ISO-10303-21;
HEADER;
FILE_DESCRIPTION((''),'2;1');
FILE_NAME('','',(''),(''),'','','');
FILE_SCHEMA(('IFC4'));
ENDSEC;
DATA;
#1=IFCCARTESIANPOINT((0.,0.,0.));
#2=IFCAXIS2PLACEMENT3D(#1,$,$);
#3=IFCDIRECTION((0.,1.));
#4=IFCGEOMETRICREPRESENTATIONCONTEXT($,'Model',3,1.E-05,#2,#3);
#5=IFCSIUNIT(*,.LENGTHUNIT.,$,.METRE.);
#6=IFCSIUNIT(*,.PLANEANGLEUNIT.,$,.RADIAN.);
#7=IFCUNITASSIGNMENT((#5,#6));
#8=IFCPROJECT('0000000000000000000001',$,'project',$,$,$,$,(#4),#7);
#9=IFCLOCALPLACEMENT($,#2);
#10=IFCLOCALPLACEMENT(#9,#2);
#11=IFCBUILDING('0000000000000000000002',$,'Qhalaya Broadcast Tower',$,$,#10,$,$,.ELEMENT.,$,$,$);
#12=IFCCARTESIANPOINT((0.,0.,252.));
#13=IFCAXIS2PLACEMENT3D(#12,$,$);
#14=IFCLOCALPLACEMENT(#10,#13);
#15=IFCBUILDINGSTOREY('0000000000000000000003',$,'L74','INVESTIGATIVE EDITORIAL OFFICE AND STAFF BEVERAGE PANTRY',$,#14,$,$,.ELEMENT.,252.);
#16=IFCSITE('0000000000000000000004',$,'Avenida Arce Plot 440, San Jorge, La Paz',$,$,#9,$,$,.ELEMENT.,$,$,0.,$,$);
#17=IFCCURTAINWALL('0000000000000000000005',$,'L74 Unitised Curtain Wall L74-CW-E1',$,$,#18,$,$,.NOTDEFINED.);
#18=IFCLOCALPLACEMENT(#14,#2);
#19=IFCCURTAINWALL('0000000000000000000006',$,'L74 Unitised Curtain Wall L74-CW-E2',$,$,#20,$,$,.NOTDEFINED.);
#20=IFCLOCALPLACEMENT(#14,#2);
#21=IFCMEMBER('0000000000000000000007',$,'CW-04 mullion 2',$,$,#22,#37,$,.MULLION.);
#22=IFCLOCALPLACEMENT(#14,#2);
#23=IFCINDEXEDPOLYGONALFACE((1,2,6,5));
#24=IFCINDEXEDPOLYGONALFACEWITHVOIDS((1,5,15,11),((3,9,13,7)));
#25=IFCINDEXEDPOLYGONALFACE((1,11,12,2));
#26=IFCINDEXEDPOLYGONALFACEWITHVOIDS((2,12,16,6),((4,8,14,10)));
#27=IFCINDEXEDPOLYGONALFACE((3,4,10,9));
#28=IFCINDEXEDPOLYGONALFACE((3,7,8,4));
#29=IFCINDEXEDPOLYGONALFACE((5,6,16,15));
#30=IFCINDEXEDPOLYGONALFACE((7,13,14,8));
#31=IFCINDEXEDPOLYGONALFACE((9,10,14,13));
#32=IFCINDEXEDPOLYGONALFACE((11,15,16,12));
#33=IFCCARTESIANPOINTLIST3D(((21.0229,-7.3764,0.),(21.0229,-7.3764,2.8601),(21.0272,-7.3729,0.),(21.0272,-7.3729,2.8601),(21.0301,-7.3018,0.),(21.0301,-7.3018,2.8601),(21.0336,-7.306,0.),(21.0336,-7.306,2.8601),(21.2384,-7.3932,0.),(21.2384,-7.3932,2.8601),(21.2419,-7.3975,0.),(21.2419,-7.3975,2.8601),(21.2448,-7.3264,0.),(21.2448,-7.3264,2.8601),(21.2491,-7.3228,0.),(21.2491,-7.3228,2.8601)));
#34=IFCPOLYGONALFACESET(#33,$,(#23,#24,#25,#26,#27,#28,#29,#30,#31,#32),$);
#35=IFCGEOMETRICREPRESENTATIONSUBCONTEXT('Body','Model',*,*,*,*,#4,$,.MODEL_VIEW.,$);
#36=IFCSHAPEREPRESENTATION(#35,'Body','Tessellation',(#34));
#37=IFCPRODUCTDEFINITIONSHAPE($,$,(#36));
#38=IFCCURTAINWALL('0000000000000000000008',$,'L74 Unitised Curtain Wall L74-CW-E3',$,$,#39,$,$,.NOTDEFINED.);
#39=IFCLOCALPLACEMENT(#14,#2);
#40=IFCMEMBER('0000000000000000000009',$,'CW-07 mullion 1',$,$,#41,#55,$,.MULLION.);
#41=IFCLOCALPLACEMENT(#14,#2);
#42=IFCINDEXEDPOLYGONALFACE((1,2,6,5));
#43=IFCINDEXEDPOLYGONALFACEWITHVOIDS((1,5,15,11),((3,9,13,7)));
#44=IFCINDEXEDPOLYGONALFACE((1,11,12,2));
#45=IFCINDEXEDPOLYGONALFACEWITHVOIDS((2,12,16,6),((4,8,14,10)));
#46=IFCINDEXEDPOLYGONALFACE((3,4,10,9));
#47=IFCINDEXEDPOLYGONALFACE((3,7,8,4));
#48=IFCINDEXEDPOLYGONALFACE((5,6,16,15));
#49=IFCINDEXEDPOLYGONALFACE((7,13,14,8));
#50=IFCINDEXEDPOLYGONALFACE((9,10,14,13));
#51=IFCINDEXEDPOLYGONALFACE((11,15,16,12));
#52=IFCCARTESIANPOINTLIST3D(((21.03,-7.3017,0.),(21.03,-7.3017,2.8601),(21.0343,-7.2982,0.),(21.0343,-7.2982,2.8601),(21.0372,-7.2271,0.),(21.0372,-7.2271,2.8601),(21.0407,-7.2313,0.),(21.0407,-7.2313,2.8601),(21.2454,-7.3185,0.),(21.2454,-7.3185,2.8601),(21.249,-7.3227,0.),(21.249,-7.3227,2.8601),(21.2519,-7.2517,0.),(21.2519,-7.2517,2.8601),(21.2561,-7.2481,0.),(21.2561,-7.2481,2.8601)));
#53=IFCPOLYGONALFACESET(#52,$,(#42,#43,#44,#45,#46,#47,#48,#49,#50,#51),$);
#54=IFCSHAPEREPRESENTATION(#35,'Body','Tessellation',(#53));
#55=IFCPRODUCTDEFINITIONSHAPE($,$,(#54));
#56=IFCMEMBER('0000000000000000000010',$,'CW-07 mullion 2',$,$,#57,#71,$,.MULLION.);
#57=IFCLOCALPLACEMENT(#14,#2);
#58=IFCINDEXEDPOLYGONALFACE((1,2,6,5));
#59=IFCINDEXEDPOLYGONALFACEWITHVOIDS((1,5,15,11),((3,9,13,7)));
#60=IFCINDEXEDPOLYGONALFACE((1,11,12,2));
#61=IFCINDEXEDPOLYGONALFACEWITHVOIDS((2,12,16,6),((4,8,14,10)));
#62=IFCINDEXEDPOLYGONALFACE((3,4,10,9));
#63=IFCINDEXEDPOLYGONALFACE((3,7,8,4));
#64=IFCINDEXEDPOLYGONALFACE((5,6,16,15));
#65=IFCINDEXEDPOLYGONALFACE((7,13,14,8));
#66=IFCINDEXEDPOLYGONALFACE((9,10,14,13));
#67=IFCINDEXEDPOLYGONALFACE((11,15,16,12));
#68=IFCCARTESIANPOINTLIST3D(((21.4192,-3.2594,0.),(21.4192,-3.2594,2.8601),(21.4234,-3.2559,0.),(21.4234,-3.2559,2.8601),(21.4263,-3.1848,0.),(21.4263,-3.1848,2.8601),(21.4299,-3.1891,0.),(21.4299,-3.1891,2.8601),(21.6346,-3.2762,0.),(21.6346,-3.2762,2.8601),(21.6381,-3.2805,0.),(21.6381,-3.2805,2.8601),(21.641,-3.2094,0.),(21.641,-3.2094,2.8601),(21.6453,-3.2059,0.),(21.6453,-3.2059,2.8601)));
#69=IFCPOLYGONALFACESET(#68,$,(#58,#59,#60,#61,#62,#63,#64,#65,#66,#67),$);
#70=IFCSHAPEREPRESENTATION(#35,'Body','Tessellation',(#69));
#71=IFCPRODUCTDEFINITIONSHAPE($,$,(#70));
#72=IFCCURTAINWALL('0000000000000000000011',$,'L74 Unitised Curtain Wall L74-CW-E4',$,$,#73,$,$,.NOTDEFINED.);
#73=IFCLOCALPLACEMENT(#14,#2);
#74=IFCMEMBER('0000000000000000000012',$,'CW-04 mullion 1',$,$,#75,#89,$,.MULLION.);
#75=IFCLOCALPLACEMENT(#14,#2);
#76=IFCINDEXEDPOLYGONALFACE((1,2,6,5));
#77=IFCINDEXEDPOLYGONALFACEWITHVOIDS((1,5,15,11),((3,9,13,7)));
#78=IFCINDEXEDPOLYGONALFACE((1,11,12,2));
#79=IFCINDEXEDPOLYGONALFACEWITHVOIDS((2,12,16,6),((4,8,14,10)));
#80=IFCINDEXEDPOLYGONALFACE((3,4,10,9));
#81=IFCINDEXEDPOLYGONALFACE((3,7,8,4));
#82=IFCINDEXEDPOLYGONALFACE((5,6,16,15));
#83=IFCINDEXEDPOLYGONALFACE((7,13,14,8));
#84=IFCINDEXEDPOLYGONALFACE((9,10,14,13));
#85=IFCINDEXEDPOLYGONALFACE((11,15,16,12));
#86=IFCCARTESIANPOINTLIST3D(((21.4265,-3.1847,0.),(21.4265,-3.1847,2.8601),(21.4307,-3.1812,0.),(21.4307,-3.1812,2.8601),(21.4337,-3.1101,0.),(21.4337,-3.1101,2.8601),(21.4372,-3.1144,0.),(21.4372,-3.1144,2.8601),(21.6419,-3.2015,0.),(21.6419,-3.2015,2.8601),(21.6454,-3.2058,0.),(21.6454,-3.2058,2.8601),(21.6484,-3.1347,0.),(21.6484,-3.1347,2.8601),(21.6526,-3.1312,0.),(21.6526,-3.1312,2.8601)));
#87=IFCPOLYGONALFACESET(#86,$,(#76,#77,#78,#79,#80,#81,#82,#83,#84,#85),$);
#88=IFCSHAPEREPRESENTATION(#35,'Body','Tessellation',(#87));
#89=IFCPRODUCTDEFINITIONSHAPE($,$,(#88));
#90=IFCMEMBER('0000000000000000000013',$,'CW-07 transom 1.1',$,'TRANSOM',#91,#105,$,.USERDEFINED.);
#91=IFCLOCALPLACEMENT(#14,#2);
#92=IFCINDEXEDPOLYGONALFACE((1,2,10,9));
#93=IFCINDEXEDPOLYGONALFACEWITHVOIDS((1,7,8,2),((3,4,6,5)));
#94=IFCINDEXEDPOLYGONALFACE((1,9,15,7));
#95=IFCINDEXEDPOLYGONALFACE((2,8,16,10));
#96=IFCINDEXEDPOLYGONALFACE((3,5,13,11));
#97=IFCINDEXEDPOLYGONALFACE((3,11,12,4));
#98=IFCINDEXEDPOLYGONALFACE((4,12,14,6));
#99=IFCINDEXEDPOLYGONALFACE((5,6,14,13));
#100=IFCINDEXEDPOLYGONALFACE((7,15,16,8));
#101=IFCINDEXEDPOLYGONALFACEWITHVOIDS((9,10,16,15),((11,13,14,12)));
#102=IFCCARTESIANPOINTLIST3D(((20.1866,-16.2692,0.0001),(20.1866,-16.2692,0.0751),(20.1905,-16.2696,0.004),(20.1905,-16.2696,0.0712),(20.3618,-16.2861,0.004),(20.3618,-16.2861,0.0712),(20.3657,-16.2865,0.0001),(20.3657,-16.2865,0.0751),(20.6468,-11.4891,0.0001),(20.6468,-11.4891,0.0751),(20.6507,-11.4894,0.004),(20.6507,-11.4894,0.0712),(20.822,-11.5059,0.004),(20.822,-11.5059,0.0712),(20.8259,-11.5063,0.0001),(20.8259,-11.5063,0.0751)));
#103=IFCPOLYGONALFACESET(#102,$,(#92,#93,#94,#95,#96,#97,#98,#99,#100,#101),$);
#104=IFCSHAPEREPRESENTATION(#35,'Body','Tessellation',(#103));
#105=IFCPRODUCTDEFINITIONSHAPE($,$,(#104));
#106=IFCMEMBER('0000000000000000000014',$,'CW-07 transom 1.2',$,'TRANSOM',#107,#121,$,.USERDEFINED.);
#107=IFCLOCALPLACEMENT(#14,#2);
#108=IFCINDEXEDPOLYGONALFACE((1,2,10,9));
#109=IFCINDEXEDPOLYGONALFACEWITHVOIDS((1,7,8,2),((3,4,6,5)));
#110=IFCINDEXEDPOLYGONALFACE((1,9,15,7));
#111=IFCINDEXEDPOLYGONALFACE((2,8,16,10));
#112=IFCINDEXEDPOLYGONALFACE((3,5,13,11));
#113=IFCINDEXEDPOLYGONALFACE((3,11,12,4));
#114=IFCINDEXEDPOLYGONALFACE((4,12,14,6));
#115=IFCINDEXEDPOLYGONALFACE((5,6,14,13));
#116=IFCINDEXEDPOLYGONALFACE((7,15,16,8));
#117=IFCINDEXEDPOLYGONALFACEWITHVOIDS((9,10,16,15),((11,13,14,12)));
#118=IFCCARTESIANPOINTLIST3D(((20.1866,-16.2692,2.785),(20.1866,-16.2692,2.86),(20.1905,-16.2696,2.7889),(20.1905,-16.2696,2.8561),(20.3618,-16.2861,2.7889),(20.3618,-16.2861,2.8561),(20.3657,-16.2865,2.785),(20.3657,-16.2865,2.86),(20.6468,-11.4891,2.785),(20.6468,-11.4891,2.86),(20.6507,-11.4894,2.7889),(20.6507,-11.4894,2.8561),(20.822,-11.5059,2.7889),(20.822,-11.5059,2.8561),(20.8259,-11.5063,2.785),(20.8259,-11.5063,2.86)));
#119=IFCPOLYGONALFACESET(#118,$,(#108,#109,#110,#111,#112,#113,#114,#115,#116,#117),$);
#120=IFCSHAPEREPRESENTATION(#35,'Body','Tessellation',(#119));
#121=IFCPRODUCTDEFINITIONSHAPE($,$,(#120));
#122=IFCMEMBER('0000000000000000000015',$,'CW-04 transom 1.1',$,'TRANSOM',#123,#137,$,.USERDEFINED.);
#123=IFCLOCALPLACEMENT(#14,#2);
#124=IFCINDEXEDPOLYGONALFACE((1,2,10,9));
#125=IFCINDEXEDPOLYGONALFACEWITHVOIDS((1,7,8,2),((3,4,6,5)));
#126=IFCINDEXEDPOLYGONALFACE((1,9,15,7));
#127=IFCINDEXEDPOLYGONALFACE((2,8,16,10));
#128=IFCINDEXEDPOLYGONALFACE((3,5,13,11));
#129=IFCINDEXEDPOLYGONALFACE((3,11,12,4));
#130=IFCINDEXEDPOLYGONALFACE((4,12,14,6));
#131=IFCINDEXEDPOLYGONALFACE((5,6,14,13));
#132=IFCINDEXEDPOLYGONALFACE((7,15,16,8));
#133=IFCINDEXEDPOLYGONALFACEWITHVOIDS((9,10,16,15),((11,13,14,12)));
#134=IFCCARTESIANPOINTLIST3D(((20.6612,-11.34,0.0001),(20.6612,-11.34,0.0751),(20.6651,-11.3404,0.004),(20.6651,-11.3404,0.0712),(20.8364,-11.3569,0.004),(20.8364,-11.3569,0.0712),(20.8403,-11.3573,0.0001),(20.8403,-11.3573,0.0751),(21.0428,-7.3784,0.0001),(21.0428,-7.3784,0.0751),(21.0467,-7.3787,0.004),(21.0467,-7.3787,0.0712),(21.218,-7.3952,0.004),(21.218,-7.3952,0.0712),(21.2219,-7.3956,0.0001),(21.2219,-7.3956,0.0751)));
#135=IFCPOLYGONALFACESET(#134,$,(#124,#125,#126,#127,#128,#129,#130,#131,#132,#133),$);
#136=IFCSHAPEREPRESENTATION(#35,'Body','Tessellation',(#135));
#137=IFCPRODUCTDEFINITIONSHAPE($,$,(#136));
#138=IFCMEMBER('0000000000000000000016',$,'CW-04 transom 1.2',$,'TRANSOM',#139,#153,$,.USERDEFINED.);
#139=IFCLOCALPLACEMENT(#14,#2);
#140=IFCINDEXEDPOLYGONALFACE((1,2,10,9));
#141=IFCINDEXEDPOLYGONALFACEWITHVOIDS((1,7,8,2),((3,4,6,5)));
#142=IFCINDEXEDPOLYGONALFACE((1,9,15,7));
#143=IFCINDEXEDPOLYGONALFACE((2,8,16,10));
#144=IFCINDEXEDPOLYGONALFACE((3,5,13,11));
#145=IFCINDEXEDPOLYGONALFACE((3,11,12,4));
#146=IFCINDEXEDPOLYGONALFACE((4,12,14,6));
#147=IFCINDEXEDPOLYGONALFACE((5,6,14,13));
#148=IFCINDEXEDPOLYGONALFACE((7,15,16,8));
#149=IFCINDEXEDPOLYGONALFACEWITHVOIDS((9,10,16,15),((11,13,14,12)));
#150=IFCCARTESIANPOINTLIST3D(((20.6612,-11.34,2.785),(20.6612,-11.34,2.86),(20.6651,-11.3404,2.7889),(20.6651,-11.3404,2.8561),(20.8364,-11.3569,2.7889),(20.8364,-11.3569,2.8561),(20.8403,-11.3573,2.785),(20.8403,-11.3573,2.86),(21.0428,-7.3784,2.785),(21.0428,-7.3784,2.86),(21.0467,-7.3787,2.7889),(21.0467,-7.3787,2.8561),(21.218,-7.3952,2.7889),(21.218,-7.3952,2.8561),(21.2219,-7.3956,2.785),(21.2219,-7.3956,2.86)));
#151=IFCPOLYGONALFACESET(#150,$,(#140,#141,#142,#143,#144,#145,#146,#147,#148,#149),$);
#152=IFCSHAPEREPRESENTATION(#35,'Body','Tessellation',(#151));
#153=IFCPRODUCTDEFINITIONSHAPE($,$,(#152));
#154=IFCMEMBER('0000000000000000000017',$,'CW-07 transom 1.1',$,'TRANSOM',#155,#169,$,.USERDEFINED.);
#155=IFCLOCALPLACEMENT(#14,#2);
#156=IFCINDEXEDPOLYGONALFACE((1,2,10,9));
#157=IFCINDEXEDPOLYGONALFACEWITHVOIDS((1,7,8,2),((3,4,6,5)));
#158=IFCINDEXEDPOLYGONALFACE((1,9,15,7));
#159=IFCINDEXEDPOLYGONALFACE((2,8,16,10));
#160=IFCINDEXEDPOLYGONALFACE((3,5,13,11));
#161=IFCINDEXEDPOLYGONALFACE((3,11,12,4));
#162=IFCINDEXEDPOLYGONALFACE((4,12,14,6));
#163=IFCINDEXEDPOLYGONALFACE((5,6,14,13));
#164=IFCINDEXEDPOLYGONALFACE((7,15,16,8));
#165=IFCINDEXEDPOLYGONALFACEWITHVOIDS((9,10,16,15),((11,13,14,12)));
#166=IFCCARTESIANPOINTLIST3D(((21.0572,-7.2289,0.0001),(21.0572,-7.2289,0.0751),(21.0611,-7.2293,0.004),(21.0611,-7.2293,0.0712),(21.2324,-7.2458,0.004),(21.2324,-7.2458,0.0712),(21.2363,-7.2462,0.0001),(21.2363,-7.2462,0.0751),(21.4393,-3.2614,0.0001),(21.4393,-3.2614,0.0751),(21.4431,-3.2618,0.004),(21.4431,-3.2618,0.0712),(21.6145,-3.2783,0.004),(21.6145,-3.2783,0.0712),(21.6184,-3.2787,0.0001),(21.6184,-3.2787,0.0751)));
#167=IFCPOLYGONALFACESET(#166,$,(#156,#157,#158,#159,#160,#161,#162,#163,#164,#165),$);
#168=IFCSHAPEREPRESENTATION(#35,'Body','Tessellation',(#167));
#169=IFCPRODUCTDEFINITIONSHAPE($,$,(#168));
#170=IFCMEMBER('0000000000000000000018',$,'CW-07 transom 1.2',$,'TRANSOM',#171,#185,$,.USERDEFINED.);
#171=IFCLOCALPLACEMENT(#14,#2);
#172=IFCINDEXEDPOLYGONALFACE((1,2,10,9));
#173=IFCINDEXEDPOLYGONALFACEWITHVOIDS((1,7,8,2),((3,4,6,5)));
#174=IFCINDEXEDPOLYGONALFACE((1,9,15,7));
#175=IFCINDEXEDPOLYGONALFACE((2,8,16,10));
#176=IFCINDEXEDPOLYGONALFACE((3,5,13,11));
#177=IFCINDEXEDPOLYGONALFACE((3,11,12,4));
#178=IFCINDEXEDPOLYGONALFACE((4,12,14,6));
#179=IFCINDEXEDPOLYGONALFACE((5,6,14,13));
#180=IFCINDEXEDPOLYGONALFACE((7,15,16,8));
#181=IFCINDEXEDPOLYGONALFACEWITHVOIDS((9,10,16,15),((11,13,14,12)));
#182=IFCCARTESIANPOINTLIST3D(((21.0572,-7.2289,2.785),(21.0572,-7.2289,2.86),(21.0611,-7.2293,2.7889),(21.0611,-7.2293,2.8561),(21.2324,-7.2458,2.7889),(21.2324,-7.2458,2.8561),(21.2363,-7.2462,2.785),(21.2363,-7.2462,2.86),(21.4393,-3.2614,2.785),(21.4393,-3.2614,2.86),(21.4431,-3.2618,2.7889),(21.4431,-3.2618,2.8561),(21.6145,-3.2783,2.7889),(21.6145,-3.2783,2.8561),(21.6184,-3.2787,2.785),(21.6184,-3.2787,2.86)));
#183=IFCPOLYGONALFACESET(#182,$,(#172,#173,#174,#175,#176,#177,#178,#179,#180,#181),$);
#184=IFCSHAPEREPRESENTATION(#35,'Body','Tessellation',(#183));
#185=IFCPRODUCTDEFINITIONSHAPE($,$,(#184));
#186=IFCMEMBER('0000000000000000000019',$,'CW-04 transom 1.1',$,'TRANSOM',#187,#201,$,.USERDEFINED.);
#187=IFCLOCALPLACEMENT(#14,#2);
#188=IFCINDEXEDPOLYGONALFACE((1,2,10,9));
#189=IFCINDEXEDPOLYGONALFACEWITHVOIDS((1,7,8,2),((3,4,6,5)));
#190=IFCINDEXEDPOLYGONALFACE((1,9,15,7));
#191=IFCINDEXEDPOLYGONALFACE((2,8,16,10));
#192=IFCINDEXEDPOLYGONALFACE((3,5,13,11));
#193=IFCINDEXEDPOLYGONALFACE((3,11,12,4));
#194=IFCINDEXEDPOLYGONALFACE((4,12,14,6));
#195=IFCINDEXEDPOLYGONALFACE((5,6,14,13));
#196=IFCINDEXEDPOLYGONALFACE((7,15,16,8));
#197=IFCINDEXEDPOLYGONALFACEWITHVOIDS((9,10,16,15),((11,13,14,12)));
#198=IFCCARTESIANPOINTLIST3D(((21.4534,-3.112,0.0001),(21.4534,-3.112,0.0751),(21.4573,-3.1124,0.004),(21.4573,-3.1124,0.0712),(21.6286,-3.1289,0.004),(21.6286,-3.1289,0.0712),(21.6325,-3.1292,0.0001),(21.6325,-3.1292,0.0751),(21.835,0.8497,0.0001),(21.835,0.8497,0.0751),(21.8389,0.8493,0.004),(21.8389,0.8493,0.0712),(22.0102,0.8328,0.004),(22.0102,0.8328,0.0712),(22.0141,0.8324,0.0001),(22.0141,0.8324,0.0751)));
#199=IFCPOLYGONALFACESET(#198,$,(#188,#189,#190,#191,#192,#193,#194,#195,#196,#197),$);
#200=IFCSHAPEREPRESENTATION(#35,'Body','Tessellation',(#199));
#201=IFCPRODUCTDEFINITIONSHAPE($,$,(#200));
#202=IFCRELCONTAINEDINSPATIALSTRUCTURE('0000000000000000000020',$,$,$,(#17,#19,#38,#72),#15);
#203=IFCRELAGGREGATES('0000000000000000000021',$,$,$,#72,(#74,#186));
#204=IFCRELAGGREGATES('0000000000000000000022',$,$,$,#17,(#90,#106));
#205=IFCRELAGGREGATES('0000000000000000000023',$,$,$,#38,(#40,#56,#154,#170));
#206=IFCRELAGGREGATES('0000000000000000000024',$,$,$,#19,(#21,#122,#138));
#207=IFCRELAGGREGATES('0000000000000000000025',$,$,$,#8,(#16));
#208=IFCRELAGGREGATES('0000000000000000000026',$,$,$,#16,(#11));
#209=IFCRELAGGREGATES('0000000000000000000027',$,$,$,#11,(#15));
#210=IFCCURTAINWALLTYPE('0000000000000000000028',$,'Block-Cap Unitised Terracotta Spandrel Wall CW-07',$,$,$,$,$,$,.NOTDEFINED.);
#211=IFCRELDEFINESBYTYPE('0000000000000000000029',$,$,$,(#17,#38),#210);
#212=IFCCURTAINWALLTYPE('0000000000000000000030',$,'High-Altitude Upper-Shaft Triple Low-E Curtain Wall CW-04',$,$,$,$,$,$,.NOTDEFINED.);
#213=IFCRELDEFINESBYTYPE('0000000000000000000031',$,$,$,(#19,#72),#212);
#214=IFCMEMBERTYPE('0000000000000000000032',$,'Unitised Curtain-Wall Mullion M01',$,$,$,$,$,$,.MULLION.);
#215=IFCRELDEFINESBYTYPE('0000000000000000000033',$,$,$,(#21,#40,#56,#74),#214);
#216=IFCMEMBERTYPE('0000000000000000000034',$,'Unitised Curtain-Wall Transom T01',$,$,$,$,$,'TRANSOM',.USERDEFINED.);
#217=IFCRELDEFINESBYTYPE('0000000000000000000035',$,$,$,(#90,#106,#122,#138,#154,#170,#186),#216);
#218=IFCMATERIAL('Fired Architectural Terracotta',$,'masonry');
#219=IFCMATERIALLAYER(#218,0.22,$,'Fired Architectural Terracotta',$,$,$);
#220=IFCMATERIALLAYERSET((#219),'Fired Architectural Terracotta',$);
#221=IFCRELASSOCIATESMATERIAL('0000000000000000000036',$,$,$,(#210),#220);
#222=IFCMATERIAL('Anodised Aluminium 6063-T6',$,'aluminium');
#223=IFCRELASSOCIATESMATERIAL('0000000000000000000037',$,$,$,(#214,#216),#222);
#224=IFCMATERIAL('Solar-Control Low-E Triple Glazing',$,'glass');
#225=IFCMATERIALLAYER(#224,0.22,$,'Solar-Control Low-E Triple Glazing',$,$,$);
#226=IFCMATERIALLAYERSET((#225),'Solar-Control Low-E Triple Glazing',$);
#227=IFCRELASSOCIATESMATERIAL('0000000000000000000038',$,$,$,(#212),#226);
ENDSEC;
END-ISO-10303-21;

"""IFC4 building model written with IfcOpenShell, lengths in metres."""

from ifc_helpers import new_model, si_unit, direction, frame, origin, origin_2d, place, context, subcontext, project, spatial, hollow_rectangle, extrude, material, layer, layer_set, material_profile, profile_set, type_object, element, aggregate, save


model = new_model("IFC4")

# Units and contexts
model_context = context("Model", 3, precision=1e-05, world=origin(), true_north=direction((0.0, 1.0)))
body_context = subcontext(model_context, "Body", "Model", "MODEL_VIEW")
ifc_project = project(units=[si_unit("LENGTHUNIT", "METRE"), si_unit("PLANEANGLEUNIT", "RADIAN")], contexts=[model_context])

# Site, building, storey
site_placement = place(None, origin())
site = spatial("IfcSite", under=ifc_project, at=site_placement, Name="Avenida Arce Plot 440, San Jorge, La Paz", CompositionType="ELEMENT", RefElevation=0.0)
building_placement = place(site_placement, origin())
building = spatial("IfcBuilding", under=site, at=building_placement, Name="Qhalaya Broadcast Tower", CompositionType="ELEMENT")
storey_placement = place(building_placement, frame((0.0, 0.0, 252.0)))
storey = spatial("IfcBuildingStorey", under=building, at=storey_placement, Name="L74", Description="INVESTIGATIVE EDITORIAL OFFICE AND STAFF BEVERAGE PANTRY", CompositionType="ELEMENT", Elevation=252.0)

# Shared definitions
ifc_material_1 = material(Name="Fired Architectural Terracotta", Category="masonry")
ifc_layer_1 = layer(ifc_material_1, 0.22, Name="Fired Architectural Terracotta")
ifc_layer_set_1 = layer_set([ifc_layer_1], Name="Fired Architectural Terracotta")
curtain_wall_type_1 = type_object("IfcCurtainWallType", Name="Block-Cap Unitised Terracotta Spandrel Wall CW-07", PredefinedType="NOTDEFINED", material=ifc_layer_set_1)
ifc_material_2 = material(Name="Anodised Aluminium 6063-T6", Category="aluminium")
ifc_material_profile_1 = material_profile(ifc_material_2, hollow_rectangle(XDim=0.075, YDim=0.22, WallThickness=0.0039, at=origin_2d()), Name="ALU-MUL 75x220x4")
ifc_profile_set_1 = profile_set([ifc_material_profile_1], Name="Anodised Aluminium 6063-T6")
member_type_1 = type_object("IfcMemberType", Name="Unitised Curtain-Wall Mullion M01", PredefinedType="MULLION", material=ifc_profile_set_1)

# Curtain walls, members
curtain_wall_1_placement = place(storey_placement, origin())
curtain_wall_1 = element("IfcCurtainWall", 1, at=curtain_wall_1_placement, inside=storey, type_object=curtain_wall_type_1, Name="L74 Unitised Curtain Wall L74-CW-E1", PredefinedType="NOTDEFINED")
ifc_material_3 = material(Name="Solar-Control Low-E Triple Glazing", Category="glass")
ifc_layer_2 = layer(ifc_material_3, 0.22, Name="Solar-Control Low-E Triple Glazing")
ifc_layer_set_2 = layer_set([ifc_layer_2], Name="Solar-Control Low-E Triple Glazing")
curtain_wall_type_2 = type_object("IfcCurtainWallType", Name="High-Altitude Upper-Shaft Triple Low-E Curtain Wall CW-04", PredefinedType="NOTDEFINED", material=ifc_layer_set_2)
curtain_wall_2_placement = place(storey_placement, origin())
curtain_wall_2 = element("IfcCurtainWall", 2, at=curtain_wall_2_placement, inside=storey, type_object=curtain_wall_type_2, Name="L74 Unitised Curtain Wall L74-CW-E2", PredefinedType="NOTDEFINED")
member_1_placement = place(storey_placement, frame((21.136, -7.3496, 0.0), z_axis=(0.0, 0.0, 1.0), x_axis=(0.095859, 0.995395, 0.0)))
member_1 = element("IfcMember", 3, at=member_1_placement, type_object=member_type_1, Name="CW-04 mullion 2", PredefinedType="MULLION", context=body_context, shape_type="SweptSolid", body=[
    extrude(hollow_rectangle(XDim=0.075, YDim=0.22, WallThickness=0.0039, at=origin_2d()), origin(), (0.0, 0.0, 1.0), 2.8601),
])
curtain_wall_3_placement = place(storey_placement, origin())
curtain_wall_3 = element("IfcCurtainWall", 4, at=curtain_wall_3_placement, inside=storey, type_object=curtain_wall_type_1, Name="L74 Unitised Curtain Wall L74-CW-E3", PredefinedType="NOTDEFINED")
member_2_placement = place(storey_placement, frame((21.1431, -7.2749, 0.0), z_axis=(0.0, 0.0, 1.0), x_axis=(0.095843, 0.995396, 0.0)))
member_2 = element("IfcMember", 5, at=member_2_placement, type_object=member_type_1, Name="CW-07 mullion 1", PredefinedType="MULLION", context=body_context, shape_type="SweptSolid", body=[
    extrude(hollow_rectangle(XDim=0.075, YDim=0.22, WallThickness=0.0039, at=origin_2d()), origin(), (0.0, 0.0, 1.0), 2.8601),
])
member_3_placement = place(storey_placement, frame((21.5322, -3.2327, 0.0), z_axis=(0.0, 0.0, 1.0), x_axis=(0.095843, 0.995396, 0.0)))
member_3 = element("IfcMember", 6, at=member_3_placement, type_object=member_type_1, Name="CW-07 mullion 2", PredefinedType="MULLION", context=body_context, shape_type="SweptSolid", body=[
    extrude(hollow_rectangle(XDim=0.075, YDim=0.22, WallThickness=0.0039, at=origin_2d()), origin(), (0.0, 0.0, 1.0), 2.8601),
])

# Curtain wall, member
curtain_wall_4_placement = place(storey_placement, origin())
curtain_wall_4 = element("IfcCurtainWall", 7, at=curtain_wall_4_placement, inside=storey, type_object=curtain_wall_type_2, Name="L74 Unitised Curtain Wall L74-CW-E4", PredefinedType="NOTDEFINED")
member_4_placement = place(storey_placement, frame((21.5396, -3.158, 0.0), z_axis=(0.0, 0.0, 1.0), x_axis=(0.095859, 0.995395, 0.0)))
member_4 = element("IfcMember", 8, at=member_4_placement, type_object=member_type_1, Name="CW-04 mullion 1", PredefinedType="MULLION", context=body_context, shape_type="SweptSolid", body=[
    extrude(hollow_rectangle(XDim=0.075, YDim=0.22, WallThickness=0.0039, at=origin_2d()), origin(), (0.0, 0.0, 1.0), 2.8601),
])

# Members
ifc_material_profile_2 = material_profile(ifc_material_2, hollow_rectangle(XDim=0.075, YDim=0.1799, WallThickness=0.0039, at=origin_2d()), Name="ALU-TRN 75x180x4")
ifc_profile_set_2 = profile_set([ifc_material_profile_2], Name="Anodised Aluminium 6063-T6")
member_type_2 = type_object("IfcMemberType", Name="Unitised Curtain-Wall Transom T01", ElementType="TRANSOM", PredefinedType="USERDEFINED", material=ifc_profile_set_2)
member_5_placement = place(storey_placement, frame((20.2761, -16.2778, 0.0376), z_axis=(0.095833, 0.995397, 0.0), x_axis=(0.0, 0.0, 1.0)))
member_5 = element("IfcMember", 9, at=member_5_placement, type_object=member_type_2, Name="CW-07 transom 1.1", ObjectType="TRANSOM", PredefinedType="USERDEFINED", context=body_context, shape_type="SweptSolid", body=[
    extrude(hollow_rectangle(XDim=0.075, YDim=0.1799, WallThickness=0.0039, at=origin_2d()), origin(), (0.0, 0.0, 1.0), 4.8022),
])
member_6_placement = place(storey_placement, frame((20.2761, -16.2778, 2.8225), z_axis=(0.095833, 0.995397, 0.0), x_axis=(0.0, 0.0, 1.0)))
member_6 = element("IfcMember", 10, at=member_6_placement, type_object=member_type_2, Name="CW-07 transom 1.2", ObjectType="TRANSOM", PredefinedType="USERDEFINED", context=body_context, shape_type="SweptSolid", body=[
    extrude(hollow_rectangle(XDim=0.075, YDim=0.1799, WallThickness=0.0039, at=origin_2d()), origin(), (0.0, 0.0, 1.0), 4.8022),
])
member_7_placement = place(storey_placement, frame((20.7507, -11.3486, 0.0376), z_axis=(0.095877, 0.995393, 0.0), x_axis=(0.0, 0.0, 1.0)))
member_7 = element("IfcMember", 11, at=member_7_placement, type_object=member_type_2, Name="CW-04 transom 1.1", ObjectType="TRANSOM", PredefinedType="USERDEFINED", context=body_context, shape_type="SweptSolid", body=[
    extrude(hollow_rectangle(XDim=0.075, YDim=0.1799, WallThickness=0.0039, at=origin_2d()), origin(), (0.0, 0.0, 1.0), 3.98),
])
member_8_placement = place(storey_placement, frame((20.7507, -11.3486, 2.8225), z_axis=(0.095877, 0.995393, 0.0), x_axis=(0.0, 0.0, 1.0)))
member_8 = element("IfcMember", 12, at=member_8_placement, type_object=member_type_2, Name="CW-04 transom 1.2", ObjectType="TRANSOM", PredefinedType="USERDEFINED", context=body_context, shape_type="SweptSolid", body=[
    extrude(hollow_rectangle(XDim=0.075, YDim=0.1799, WallThickness=0.0039, at=origin_2d()), origin(), (0.0, 0.0, 1.0), 3.98),
])
member_9_placement = place(storey_placement, frame((21.1467, -7.2375, 0.0376), z_axis=(0.095858, 0.995395, 0.0), x_axis=(0.0, 0.0, 1.0)))
member_9 = element("IfcMember", 13, at=member_9_placement, type_object=member_type_2, Name="CW-07 transom 1.1", ObjectType="TRANSOM", PredefinedType="USERDEFINED", context=body_context, shape_type="SweptSolid", body=[
    extrude(hollow_rectangle(XDim=0.075, YDim=0.1799, WallThickness=0.0039, at=origin_2d()), origin(), (0.0, 0.0, 1.0), 3.9858),
])
member_10_placement = place(storey_placement, frame((21.1467, -7.2375, 2.8225), z_axis=(0.095858, 0.995395, 0.0), x_axis=(0.0, 0.0, 1.0)))
member_10 = element("IfcMember", 14, at=member_10_placement, type_object=member_type_2, Name="CW-07 transom 1.2", ObjectType="TRANSOM", PredefinedType="USERDEFINED", context=body_context, shape_type="SweptSolid", body=[
    extrude(hollow_rectangle(XDim=0.075, YDim=0.1799, WallThickness=0.0039, at=origin_2d()), origin(), (0.0, 0.0, 1.0), 3.9858),
])
member_11_placement = place(storey_placement, frame((21.543, -3.1206, 0.0376), z_axis=(0.095877, 0.995393, 0.0), x_axis=(0.0, 0.0, 1.0)))
member_11 = element("IfcMember", 15, at=member_11_placement, type_object=member_type_2, Name="CW-04 transom 1.1", ObjectType="TRANSOM", PredefinedType="USERDEFINED", context=body_context, shape_type="SweptSolid", body=[
    extrude(hollow_rectangle(XDim=0.075, YDim=0.1799, WallThickness=0.0039, at=origin_2d()), origin(), (0.0, 0.0, 1.0), 3.98),
])
aggregate(curtain_wall_4, [member_4, member_11])

aggregate(curtain_wall_1, [member_5, member_6])
aggregate(curtain_wall_3, [member_2, member_3, member_9, member_10])
aggregate(curtain_wall_2, [member_1, member_7, member_8])

save(model, "model.ifc")
